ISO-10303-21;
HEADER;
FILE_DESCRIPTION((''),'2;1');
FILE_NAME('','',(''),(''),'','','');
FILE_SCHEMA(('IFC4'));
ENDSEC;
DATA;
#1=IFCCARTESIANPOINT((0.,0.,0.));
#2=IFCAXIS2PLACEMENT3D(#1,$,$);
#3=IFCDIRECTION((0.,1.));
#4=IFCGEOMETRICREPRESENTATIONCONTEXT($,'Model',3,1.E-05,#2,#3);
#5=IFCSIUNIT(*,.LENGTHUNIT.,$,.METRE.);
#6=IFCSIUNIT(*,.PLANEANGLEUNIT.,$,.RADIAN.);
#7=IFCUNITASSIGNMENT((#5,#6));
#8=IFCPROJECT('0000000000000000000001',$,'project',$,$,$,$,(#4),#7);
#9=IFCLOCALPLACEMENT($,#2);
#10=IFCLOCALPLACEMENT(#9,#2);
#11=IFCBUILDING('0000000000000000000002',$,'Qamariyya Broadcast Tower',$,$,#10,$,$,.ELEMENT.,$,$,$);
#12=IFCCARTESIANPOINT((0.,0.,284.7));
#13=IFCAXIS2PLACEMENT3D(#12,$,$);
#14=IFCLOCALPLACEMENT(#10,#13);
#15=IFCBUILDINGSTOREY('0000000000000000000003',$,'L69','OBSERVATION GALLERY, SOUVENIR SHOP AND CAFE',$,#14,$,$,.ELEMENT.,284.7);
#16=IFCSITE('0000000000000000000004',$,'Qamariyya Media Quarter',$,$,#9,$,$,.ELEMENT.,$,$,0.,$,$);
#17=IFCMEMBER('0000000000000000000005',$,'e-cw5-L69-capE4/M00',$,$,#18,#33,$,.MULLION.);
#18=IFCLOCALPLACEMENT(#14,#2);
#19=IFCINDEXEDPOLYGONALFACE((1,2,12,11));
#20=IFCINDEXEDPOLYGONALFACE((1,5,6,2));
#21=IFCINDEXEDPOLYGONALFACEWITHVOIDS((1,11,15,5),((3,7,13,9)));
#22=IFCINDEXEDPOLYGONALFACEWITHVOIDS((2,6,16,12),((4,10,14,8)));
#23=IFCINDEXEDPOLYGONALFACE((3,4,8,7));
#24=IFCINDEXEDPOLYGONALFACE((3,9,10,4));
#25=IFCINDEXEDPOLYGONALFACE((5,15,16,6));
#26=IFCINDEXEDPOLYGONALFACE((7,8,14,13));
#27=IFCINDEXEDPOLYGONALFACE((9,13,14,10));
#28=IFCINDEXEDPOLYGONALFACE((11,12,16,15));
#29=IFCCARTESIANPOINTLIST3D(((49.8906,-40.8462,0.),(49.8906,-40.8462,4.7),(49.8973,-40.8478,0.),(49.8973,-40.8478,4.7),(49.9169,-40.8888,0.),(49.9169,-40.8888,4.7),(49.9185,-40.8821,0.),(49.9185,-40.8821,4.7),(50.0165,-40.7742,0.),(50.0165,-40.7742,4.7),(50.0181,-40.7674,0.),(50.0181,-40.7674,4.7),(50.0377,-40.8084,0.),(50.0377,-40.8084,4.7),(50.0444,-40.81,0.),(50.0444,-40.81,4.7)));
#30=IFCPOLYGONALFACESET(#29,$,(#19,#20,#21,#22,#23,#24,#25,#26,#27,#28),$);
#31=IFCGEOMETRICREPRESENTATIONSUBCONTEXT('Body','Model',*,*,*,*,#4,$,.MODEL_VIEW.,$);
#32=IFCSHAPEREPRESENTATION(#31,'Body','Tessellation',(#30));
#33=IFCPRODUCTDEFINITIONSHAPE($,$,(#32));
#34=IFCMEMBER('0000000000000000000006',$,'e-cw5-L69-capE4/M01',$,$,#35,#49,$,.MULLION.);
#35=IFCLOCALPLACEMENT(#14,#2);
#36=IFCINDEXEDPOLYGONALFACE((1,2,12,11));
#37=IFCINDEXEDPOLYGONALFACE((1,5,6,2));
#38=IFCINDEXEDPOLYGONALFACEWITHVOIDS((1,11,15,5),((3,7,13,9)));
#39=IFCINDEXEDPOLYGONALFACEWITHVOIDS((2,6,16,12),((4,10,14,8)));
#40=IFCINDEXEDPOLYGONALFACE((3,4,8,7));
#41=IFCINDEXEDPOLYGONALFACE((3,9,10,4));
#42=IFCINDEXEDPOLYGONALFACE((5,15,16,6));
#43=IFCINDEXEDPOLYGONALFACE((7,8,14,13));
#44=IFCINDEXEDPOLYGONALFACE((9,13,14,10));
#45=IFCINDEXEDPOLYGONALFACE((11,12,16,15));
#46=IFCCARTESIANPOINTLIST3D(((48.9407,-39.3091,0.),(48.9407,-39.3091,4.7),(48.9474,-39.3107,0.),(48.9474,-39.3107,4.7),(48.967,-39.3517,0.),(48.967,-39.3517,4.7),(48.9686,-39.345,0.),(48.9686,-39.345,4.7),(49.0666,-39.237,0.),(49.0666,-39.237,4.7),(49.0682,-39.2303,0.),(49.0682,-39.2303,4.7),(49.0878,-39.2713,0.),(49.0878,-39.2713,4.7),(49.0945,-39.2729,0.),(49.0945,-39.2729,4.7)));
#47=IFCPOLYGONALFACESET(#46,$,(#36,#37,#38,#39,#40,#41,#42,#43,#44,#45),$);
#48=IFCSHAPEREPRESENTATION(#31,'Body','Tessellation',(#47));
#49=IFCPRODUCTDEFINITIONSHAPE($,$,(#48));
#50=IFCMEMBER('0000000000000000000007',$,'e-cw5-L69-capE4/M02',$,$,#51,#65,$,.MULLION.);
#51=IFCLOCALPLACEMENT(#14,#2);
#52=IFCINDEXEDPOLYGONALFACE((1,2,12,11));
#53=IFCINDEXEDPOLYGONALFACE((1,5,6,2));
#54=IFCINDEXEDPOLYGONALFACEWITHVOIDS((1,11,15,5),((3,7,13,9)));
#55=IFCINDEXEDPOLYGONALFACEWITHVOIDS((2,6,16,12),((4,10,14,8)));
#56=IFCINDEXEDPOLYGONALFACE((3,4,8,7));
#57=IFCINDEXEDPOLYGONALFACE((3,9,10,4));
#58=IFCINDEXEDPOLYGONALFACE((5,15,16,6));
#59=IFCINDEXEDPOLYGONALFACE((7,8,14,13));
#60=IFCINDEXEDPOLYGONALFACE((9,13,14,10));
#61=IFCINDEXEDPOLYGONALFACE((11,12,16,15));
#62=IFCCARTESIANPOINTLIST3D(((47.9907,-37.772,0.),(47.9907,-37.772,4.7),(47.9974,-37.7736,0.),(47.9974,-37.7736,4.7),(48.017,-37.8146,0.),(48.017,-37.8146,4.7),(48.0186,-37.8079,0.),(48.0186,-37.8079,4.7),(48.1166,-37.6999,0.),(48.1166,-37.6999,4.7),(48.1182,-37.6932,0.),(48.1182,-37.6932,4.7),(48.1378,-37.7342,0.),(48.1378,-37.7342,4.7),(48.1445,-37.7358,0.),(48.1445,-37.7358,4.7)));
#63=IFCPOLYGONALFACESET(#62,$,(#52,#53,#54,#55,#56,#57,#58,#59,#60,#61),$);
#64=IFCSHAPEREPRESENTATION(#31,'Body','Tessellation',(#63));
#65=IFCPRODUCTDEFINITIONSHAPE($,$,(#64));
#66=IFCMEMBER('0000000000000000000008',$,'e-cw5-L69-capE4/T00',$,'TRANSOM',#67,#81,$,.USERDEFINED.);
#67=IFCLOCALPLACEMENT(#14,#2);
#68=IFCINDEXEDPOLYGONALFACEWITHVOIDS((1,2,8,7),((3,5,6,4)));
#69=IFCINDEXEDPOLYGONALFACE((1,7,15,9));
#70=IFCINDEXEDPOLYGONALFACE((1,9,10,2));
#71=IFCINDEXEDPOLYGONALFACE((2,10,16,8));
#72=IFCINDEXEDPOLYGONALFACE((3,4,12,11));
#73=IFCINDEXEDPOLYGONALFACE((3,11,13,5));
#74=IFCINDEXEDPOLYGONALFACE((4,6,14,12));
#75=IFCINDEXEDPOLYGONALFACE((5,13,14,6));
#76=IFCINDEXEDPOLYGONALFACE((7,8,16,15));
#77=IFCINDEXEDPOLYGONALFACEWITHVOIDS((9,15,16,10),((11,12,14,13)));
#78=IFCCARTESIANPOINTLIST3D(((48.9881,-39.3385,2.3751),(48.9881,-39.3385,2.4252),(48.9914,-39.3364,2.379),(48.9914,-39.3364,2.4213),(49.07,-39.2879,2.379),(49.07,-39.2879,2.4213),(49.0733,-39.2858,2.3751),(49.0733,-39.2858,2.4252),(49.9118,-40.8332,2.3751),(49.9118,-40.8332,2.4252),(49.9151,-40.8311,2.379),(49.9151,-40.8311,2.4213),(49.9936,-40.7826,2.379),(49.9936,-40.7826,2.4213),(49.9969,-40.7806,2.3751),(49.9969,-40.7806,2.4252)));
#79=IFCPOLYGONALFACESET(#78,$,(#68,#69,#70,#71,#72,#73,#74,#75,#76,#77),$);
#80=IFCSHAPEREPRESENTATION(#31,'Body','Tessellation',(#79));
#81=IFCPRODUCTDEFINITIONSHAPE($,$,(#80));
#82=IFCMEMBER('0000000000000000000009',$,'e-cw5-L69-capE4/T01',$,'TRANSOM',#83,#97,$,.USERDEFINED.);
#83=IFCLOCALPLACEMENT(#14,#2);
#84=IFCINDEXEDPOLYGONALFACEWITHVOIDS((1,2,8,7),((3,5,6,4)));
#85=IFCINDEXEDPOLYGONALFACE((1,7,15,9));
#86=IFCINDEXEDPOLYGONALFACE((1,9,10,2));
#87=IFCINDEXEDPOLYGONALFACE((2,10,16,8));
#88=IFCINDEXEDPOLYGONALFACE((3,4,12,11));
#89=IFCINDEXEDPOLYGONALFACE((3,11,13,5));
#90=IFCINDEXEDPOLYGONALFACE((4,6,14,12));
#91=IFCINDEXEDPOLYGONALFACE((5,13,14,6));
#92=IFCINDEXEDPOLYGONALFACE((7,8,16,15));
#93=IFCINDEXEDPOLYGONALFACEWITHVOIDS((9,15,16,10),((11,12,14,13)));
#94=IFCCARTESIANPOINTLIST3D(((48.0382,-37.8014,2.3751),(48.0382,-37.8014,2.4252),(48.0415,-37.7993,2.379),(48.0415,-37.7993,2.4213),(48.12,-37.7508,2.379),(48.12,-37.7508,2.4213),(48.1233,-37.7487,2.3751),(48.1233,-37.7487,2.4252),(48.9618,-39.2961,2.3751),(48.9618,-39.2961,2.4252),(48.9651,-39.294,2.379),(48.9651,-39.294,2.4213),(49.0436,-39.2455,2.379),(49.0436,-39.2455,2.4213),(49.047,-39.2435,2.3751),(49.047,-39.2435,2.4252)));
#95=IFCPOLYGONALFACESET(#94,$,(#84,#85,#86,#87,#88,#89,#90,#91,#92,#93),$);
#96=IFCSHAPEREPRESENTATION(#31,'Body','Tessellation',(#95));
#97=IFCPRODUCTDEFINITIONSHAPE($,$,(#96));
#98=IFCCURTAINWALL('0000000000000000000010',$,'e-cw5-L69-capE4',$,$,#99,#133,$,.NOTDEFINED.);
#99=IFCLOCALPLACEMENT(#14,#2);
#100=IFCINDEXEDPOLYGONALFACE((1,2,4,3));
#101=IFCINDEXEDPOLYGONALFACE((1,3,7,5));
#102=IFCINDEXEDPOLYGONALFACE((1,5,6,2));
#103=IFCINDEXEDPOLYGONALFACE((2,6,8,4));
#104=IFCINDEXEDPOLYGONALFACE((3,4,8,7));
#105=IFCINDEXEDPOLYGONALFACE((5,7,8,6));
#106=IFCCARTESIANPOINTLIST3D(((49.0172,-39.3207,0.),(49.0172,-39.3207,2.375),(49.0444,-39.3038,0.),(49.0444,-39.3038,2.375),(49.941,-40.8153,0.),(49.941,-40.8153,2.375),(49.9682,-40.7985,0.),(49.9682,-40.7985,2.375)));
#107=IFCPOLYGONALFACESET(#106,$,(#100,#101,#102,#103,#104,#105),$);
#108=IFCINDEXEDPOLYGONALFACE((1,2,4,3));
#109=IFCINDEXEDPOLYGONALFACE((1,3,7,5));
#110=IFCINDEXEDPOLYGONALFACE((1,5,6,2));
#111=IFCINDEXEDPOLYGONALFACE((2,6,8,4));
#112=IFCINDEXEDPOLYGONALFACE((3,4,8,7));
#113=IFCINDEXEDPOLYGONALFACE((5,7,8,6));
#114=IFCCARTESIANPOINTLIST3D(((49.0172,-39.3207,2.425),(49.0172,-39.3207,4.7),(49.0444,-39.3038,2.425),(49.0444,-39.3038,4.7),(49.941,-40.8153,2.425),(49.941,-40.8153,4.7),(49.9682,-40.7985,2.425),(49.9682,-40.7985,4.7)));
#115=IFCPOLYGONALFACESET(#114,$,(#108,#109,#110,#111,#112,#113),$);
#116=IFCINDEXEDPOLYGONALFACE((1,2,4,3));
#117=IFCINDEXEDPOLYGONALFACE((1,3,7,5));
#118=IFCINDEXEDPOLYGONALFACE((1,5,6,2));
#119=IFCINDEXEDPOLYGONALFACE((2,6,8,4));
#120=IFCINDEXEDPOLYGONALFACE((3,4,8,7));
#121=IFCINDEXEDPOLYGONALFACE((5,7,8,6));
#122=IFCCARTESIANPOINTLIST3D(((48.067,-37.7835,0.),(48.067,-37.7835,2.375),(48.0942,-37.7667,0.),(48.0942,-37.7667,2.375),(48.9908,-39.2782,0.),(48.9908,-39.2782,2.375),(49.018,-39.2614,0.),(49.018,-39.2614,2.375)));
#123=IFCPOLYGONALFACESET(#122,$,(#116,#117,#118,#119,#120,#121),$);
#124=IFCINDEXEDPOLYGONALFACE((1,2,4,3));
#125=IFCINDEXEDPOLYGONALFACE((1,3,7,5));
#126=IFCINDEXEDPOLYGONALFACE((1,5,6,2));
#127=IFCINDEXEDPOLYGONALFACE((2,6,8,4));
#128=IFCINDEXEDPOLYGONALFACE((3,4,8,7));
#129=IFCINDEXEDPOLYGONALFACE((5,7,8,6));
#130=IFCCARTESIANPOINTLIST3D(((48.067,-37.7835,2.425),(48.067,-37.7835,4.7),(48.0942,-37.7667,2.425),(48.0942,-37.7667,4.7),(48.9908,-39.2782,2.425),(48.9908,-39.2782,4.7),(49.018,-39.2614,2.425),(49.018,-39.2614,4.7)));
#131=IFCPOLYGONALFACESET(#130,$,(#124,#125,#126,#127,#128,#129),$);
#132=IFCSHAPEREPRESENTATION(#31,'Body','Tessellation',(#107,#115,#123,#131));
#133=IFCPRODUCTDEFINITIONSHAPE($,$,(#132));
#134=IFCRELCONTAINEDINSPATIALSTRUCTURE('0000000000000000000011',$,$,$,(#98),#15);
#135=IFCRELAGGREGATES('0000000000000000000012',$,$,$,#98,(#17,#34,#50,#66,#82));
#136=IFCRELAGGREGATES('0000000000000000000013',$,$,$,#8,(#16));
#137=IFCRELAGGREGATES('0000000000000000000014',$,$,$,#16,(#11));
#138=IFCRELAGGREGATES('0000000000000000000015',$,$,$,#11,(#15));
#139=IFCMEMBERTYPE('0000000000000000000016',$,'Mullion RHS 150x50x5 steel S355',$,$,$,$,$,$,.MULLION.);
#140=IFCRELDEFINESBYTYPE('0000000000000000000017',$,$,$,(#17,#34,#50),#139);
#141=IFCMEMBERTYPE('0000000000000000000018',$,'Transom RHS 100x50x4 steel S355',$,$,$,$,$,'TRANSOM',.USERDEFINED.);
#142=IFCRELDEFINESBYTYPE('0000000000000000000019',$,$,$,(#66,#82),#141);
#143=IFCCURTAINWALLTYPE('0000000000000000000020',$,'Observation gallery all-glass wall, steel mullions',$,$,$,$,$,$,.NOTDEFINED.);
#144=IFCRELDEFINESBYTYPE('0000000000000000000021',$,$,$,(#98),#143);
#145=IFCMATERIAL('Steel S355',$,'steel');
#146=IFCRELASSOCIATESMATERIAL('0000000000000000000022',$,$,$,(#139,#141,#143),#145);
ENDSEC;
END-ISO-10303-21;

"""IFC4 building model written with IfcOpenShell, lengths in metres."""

from ifc_helpers import new_model, si_unit, direction, frame, origin, origin_2d, place, context, subcontext, project, spatial, rectangle, hollow_rectangle, extrude, material, material_profile, profile_set, type_object, element, aggregate, save


model = new_model("IFC4")

# Units and contexts
model_context = context("Model", 3, precision=1e-05, world=origin(), true_north=direction((0.0, 1.0)))
body_context = subcontext(model_context, "Body", "Model", "MODEL_VIEW")
ifc_project = project(units=[si_unit("LENGTHUNIT", "METRE"), si_unit("PLANEANGLEUNIT", "RADIAN")], contexts=[model_context])

# Members
ifc_material = material(Name="Steel S355", Category="steel")
ifc_material_profile_1 = material_profile(ifc_material, hollow_rectangle(XDim=0.1499, YDim=0.05, WallThickness=0.0049, at=origin_2d()))
ifc_profile_set_1 = profile_set([ifc_material_profile_1], Name="Steel S355")
member_type_1 = type_object("IfcMemberType", Name="Mullion RHS 150x50x5 steel S355", PredefinedType="MULLION", material=ifc_profile_set_1)
site_placement = place(None, origin())
building_placement = place(site_placement, origin())
storey_placement = place(building_placement, frame((0.0, 0.0, 284.7)))
member_1_placement = place(storey_placement, frame((49.9675, -40.8281, 0.0), z_axis=(0.0, 0.0, 1.0), x_axis=(-0.850652, -0.52573, 0.0)))
member_1 = element("IfcMember", 1, at=member_1_placement, type_object=member_type_1, Name="e-cw5-L69-capE4/M00", PredefinedType="MULLION", context=body_context, shape_type="SweptSolid", body=[
    extrude(hollow_rectangle(XDim=0.1499, YDim=0.05, WallThickness=0.0049, at=origin_2d()), origin(), (0.0, 0.0, 1.0), 4.7),
])
member_2_placement = place(storey_placement, frame((49.0176, -39.291, 0.0), z_axis=(0.0, 0.0, 1.0), x_axis=(-0.850652, -0.52573, 0.0)))
member_2 = element("IfcMember", 2, at=member_2_placement, type_object=member_type_1, Name="e-cw5-L69-capE4/M01", PredefinedType="MULLION", context=body_context, shape_type="SweptSolid", body=[
    extrude(hollow_rectangle(XDim=0.1499, YDim=0.05, WallThickness=0.0049, at=origin_2d()), origin(), (0.0, 0.0, 1.0), 4.7),
])
member_3_placement = place(storey_placement, frame((48.0676, -37.7539, 0.0), z_axis=(0.0, 0.0, 1.0), x_axis=(-0.850652, -0.52573, 0.0)))
member_3 = element("IfcMember", 3, at=member_3_placement, type_object=member_type_1, Name="e-cw5-L69-capE4/M02", PredefinedType="MULLION", context=body_context, shape_type="SweptSolid", body=[
    extrude(hollow_rectangle(XDim=0.1499, YDim=0.05, WallThickness=0.0049, at=origin_2d()), origin(), (0.0, 0.0, 1.0), 4.7),
])
ifc_material_profile_2 = material_profile(ifc_material, hollow_rectangle(XDim=0.1001, YDim=0.05, WallThickness=0.0039, at=origin_2d()))
ifc_profile_set_2 = profile_set([ifc_material_profile_2], Name="Steel S355")
member_type_2 = type_object("IfcMemberType", Name="Transom RHS 100x50x4 steel S355", ElementType="TRANSOM", PredefinedType="USERDEFINED", material=ifc_profile_set_2)
member_4_placement = place(storey_placement, frame((49.9543, -40.8069, 2.4001), z_axis=(-0.52567, 0.850688, 0.0), x_axis=(-0.850688, -0.52567, 0.0)))
member_4 = element("IfcMember", 4, at=member_4_placement, type_object=member_type_2, Name="e-cw5-L69-capE4/T00", ObjectType="TRANSOM", PredefinedType="USERDEFINED", context=body_context, shape_type="SweptSolid", body=[
    extrude(hollow_rectangle(XDim=0.1001, YDim=0.05, WallThickness=0.0039, at=origin_2d()), origin(), (0.0, 0.0, 1.0), 1.7571),
])
member_5_placement = place(storey_placement, frame((49.0044, -39.2698, 2.4001), z_axis=(-0.52567, 0.850688, 0.0), x_axis=(-0.850688, -0.52567, 0.0)))
member_5 = element("IfcMember", 5, at=member_5_placement, type_object=member_type_2, Name="e-cw5-L69-capE4/T01", ObjectType="TRANSOM", PredefinedType="USERDEFINED", context=body_context, shape_type="SweptSolid", body=[
    extrude(hollow_rectangle(XDim=0.1001, YDim=0.05, WallThickness=0.0039, at=origin_2d()), origin(), (0.0, 0.0, 1.0), 1.7571),
])

# Site, building, storey
site = spatial("IfcSite", under=ifc_project, at=site_placement, Name="Qamariyya Media Quarter", CompositionType="ELEMENT", RefElevation=0.0)
building = spatial("IfcBuilding", under=site, at=building_placement, Name="Qamariyya Broadcast Tower", CompositionType="ELEMENT")
storey = spatial("IfcBuildingStorey", under=building, at=storey_placement, Name="L69", Description="OBSERVATION GALLERY, SOUVENIR SHOP AND CAFE", CompositionType="ELEMENT", Elevation=284.7)

# Curtain wall
curtain_wall_type = type_object("IfcCurtainWallType", Name="Observation gallery all-glass wall, steel mullions", PredefinedType="NOTDEFINED", material=ifc_material)
curtain_wall_1_placement = place(storey_placement, origin())
curtain_wall_1 = element("IfcCurtainWall", 6, at=curtain_wall_1_placement, inside=storey, type_object=curtain_wall_type, Name="e-cw5-L69-capE4", PredefinedType="NOTDEFINED", context=body_context, shape_type="SweptSolid", body=[
    extrude(rectangle(XDim=1.7571, YDim=0.032, at=origin_2d()), frame((49.4927, -40.0596, 0.0), x_axis=(-0.52574, 0.850646, 0.0)), (0.0, 0.0, 1.0), 2.375),
    extrude(rectangle(XDim=1.7571, YDim=0.032, at=origin_2d()), frame((49.4927, -40.0596, 2.425), x_axis=(-0.52574, 0.850646, 0.0)), (0.0, 0.0, 1.0), 2.2749),
    extrude(rectangle(XDim=1.7571, YDim=0.032, at=origin_2d()), frame((48.5425, -38.5225, 0.0), x_axis=(-0.52574, 0.850646, 0.0)), (0.0, 0.0, 1.0), 2.375),
    extrude(rectangle(XDim=1.7571, YDim=0.032, at=origin_2d()), frame((48.5425, -38.5225, 2.425), x_axis=(-0.52574, 0.850646, 0.0)), (0.0, 0.0, 1.0), 2.2749),
])
aggregate(curtain_wall_1, [member_1, member_2, member_3, member_4, member_5])

save(model, "model.ifc")
